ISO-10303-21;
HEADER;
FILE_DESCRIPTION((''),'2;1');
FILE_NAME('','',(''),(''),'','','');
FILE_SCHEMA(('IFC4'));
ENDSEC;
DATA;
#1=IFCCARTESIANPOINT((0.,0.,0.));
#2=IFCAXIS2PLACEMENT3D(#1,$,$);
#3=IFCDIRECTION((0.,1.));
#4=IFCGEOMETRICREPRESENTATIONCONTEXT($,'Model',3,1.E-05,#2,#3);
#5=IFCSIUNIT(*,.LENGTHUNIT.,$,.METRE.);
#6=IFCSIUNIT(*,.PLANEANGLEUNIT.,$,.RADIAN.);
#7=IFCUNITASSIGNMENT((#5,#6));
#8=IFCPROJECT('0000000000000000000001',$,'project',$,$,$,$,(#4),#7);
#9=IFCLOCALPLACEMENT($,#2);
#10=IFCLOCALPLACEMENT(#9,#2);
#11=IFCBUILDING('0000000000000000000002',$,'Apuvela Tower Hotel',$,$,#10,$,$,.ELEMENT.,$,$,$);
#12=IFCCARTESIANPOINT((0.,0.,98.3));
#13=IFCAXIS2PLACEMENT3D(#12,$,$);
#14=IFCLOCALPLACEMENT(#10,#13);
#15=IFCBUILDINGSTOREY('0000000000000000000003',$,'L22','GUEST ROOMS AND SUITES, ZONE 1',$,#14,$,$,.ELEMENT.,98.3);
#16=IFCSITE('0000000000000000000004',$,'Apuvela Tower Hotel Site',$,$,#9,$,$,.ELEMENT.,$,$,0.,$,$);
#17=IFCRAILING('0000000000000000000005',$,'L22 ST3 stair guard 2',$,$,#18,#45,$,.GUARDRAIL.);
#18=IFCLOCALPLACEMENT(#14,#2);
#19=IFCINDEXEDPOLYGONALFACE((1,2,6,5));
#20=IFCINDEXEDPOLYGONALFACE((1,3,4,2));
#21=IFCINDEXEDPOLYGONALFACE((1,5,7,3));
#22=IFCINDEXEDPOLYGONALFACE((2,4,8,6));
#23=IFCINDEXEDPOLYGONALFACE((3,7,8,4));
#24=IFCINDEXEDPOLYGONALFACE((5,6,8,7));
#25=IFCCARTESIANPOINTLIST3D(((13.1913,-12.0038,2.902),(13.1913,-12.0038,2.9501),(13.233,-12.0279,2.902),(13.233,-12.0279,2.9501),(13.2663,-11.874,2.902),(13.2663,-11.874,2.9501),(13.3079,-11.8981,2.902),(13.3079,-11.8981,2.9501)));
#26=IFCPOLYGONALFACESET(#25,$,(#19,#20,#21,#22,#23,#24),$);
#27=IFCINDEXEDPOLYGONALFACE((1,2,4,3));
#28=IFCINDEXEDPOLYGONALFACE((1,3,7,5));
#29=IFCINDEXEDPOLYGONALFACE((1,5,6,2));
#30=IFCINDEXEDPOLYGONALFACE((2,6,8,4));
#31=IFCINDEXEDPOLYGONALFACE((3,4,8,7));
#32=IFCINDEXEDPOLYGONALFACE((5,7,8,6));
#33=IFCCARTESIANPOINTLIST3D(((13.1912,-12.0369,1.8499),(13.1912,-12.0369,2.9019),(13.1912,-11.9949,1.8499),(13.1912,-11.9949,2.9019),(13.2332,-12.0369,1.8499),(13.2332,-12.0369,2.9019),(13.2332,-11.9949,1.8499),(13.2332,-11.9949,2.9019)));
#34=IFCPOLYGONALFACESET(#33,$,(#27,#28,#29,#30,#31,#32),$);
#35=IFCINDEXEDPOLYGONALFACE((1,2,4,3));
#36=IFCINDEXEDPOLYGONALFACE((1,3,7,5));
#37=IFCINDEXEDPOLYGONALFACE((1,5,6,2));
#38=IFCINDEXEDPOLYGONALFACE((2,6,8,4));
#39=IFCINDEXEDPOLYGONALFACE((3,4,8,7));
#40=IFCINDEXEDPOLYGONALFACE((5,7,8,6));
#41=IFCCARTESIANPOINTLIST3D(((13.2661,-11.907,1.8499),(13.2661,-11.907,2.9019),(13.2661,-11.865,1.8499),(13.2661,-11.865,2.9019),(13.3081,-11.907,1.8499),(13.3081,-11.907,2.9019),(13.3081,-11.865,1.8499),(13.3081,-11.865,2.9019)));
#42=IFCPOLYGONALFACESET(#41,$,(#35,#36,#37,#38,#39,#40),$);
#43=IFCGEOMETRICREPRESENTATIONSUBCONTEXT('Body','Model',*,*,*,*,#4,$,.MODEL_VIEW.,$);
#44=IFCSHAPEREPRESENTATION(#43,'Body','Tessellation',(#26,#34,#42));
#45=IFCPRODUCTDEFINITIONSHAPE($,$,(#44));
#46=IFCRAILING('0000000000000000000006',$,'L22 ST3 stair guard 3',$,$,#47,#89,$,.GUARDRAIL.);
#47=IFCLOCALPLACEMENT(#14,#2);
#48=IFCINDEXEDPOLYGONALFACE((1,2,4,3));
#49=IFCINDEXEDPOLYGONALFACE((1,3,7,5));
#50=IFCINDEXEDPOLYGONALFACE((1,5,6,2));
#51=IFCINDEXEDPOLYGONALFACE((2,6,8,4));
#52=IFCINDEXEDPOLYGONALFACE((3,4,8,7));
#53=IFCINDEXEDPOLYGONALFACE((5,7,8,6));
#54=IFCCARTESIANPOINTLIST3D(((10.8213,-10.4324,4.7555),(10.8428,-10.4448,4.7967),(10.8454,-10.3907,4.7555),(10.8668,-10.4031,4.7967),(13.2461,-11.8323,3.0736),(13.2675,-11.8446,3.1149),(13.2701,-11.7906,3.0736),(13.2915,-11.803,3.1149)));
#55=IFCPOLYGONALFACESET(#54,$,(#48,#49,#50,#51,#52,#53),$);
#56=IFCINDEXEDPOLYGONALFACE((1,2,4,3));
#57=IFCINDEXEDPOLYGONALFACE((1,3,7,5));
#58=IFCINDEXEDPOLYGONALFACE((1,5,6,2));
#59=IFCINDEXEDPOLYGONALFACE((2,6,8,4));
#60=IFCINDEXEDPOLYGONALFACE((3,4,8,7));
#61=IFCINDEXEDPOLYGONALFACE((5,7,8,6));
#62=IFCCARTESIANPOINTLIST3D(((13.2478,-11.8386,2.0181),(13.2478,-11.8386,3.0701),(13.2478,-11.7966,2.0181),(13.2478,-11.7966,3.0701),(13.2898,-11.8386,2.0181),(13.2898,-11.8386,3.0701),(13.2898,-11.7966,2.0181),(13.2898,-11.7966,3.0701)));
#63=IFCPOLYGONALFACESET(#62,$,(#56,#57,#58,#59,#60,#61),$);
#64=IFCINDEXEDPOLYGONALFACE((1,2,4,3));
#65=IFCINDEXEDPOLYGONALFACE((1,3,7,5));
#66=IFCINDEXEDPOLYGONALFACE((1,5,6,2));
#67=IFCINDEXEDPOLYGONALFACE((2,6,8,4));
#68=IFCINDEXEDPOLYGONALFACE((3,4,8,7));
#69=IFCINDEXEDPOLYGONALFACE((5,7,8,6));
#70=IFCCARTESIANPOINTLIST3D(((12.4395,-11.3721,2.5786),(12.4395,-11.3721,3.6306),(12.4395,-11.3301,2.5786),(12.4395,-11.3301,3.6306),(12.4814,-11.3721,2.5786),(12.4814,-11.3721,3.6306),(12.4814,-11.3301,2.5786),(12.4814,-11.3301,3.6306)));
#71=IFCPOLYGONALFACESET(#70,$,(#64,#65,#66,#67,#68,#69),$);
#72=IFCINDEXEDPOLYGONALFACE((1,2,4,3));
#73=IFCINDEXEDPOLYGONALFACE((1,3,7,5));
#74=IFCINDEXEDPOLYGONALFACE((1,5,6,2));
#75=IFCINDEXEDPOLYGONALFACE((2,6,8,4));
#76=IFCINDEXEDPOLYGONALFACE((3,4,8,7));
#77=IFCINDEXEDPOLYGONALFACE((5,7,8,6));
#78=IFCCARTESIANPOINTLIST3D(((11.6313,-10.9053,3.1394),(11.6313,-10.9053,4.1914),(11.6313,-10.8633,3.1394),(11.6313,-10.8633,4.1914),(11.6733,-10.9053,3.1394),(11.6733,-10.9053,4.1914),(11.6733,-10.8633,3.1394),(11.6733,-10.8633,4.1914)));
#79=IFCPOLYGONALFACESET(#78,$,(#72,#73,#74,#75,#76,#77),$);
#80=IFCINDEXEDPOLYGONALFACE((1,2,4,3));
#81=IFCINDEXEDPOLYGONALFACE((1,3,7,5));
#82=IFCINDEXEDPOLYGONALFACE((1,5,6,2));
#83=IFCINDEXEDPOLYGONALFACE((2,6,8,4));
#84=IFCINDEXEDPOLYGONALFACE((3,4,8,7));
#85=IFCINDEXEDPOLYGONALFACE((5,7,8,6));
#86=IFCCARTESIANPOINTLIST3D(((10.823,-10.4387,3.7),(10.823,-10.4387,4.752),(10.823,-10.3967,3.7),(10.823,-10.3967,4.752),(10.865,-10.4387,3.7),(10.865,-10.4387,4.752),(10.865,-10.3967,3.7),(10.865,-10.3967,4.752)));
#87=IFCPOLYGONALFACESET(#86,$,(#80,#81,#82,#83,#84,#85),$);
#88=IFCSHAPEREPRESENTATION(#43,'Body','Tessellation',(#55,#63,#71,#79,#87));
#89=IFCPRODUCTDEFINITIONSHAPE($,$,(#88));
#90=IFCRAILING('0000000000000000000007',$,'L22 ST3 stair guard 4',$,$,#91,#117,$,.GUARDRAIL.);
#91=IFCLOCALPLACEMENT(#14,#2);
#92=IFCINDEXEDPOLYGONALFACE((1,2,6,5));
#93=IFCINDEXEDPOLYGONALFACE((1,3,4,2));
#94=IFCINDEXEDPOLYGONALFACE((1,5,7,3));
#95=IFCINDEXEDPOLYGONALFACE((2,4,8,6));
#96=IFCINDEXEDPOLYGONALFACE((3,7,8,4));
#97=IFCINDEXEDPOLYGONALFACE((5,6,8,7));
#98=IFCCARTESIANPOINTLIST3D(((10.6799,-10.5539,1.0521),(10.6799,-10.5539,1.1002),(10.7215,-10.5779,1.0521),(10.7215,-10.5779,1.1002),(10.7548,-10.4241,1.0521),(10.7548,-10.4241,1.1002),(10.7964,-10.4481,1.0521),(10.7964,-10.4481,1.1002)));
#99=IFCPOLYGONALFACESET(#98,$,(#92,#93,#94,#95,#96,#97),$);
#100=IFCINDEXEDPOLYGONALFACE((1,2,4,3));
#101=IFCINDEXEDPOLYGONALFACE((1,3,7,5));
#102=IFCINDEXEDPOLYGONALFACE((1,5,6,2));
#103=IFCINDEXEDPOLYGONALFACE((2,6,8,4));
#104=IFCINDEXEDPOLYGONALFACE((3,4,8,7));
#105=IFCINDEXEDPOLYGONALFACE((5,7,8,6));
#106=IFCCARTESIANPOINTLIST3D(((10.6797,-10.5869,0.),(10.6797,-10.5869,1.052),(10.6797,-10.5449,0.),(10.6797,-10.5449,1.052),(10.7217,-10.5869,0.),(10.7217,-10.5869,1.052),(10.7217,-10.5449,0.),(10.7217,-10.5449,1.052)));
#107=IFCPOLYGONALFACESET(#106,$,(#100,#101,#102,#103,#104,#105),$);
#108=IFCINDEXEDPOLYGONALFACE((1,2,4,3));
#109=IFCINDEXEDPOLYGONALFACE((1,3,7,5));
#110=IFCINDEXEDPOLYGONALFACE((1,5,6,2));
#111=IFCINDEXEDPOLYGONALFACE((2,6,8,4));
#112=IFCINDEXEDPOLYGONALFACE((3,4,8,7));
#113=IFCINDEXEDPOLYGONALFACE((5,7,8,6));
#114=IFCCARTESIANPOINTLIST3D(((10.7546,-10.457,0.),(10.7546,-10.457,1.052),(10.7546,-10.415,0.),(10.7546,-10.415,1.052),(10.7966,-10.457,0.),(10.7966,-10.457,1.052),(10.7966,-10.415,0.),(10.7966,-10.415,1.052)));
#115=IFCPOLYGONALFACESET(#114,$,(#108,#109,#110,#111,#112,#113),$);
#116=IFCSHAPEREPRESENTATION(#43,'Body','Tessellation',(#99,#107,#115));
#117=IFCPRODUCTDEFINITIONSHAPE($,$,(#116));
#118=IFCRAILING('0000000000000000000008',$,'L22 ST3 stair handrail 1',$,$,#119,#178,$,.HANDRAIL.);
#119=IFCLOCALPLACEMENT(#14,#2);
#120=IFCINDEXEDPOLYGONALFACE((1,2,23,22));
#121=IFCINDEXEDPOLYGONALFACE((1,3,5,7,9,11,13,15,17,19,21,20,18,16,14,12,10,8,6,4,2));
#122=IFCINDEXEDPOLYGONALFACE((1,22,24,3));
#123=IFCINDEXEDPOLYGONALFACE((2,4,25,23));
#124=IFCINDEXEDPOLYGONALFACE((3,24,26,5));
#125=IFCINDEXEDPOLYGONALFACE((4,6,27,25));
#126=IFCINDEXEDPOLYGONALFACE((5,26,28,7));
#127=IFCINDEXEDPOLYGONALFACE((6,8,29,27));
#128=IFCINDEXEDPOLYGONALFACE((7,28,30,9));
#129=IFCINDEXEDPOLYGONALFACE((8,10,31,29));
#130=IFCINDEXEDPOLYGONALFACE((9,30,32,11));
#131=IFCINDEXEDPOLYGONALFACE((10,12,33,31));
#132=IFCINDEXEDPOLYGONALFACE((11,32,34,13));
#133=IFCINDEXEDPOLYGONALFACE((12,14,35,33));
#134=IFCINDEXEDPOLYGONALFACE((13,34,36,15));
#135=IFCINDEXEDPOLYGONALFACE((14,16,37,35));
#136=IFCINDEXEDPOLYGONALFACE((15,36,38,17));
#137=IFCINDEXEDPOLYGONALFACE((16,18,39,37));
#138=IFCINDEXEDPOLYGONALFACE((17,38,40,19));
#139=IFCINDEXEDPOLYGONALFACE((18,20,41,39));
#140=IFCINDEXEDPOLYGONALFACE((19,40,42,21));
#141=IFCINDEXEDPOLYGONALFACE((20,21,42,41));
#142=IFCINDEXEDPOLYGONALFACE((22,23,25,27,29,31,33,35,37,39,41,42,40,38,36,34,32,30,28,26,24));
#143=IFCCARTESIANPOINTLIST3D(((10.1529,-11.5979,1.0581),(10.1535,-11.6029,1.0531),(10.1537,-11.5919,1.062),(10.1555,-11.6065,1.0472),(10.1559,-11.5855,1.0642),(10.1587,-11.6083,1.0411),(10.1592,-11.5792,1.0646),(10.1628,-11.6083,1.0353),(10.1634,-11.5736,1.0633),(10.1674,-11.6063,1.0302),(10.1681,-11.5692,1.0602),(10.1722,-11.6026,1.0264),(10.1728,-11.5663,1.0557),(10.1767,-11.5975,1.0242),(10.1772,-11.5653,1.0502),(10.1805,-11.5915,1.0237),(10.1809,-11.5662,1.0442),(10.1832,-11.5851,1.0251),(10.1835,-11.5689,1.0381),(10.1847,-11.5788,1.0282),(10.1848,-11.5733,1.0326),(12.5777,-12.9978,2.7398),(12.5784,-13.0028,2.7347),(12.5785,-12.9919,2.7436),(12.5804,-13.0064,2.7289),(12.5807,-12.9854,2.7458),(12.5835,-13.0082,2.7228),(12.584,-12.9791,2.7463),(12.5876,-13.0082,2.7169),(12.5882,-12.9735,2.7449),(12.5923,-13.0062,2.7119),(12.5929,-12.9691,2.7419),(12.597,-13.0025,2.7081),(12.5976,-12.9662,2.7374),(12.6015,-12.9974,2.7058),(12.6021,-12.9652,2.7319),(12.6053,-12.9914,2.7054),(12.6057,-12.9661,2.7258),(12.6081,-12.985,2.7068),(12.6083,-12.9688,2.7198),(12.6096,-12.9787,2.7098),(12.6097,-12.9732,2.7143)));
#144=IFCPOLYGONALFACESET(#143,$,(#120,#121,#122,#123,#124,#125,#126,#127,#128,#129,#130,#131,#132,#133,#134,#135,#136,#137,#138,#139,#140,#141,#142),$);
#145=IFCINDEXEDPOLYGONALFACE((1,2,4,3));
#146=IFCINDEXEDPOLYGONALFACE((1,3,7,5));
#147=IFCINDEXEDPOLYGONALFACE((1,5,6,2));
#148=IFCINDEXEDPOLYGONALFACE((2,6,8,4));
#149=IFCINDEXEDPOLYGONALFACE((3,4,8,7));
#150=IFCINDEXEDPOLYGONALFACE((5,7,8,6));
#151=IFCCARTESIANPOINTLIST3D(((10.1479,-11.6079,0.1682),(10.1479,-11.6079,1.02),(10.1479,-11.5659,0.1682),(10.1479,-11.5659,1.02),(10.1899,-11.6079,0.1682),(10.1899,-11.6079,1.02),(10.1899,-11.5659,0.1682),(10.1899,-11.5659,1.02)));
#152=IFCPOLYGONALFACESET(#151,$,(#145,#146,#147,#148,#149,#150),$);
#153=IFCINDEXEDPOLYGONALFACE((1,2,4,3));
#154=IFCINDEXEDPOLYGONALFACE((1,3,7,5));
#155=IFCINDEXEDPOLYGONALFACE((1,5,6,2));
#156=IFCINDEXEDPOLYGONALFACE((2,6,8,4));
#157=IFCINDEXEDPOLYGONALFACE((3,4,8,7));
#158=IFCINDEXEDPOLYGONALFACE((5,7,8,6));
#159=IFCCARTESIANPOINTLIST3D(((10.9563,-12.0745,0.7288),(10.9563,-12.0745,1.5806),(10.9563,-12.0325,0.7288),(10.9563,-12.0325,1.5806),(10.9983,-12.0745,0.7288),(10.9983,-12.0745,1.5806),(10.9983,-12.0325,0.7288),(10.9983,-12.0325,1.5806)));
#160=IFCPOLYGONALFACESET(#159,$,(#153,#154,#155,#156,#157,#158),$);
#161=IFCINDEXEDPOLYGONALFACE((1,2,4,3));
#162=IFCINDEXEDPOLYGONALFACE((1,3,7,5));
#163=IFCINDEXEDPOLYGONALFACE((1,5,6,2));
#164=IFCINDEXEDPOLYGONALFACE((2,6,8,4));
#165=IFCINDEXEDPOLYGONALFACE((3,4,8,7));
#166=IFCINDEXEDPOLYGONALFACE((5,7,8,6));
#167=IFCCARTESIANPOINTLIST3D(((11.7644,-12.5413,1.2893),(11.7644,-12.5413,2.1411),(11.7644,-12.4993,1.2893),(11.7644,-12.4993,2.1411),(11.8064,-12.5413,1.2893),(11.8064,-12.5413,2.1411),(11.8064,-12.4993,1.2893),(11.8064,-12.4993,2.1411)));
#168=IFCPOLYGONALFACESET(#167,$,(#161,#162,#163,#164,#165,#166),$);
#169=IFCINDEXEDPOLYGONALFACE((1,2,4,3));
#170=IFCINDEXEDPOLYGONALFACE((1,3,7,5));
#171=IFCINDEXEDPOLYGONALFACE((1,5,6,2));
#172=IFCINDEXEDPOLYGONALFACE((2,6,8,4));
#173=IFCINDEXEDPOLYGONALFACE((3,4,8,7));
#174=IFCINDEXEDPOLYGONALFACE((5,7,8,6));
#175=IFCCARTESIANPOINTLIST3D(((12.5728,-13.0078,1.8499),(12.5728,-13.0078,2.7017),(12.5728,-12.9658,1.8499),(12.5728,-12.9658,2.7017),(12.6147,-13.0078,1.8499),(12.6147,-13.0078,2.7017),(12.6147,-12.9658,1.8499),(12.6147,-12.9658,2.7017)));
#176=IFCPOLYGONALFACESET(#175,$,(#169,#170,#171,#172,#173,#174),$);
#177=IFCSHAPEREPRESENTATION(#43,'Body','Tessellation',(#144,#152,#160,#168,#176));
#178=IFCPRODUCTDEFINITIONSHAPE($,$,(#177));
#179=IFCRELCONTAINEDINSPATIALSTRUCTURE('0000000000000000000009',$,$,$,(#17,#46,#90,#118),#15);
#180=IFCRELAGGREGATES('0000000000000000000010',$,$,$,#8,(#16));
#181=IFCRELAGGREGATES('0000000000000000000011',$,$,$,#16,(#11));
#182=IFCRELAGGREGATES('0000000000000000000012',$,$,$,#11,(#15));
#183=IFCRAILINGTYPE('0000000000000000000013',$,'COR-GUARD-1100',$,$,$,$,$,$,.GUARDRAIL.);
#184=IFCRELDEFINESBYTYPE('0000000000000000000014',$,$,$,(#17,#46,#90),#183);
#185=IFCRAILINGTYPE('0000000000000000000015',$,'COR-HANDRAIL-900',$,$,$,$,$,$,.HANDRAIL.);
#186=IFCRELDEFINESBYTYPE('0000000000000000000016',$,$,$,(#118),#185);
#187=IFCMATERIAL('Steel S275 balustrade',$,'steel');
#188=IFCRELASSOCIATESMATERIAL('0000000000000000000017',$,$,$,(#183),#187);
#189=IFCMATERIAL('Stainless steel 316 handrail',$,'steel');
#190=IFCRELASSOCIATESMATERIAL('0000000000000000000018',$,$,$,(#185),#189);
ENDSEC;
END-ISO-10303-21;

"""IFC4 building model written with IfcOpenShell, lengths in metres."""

from ifc_helpers import new_model, si_unit, direction, frame, origin, origin_2d, place, context, subcontext, project, spatial, rectangle, circle, extrude, material, type_object, element, save


model = new_model("IFC4")

# Units and contexts
model_context = context("Model", 3, precision=1e-05, world=origin(), true_north=direction((0.0, 1.0)))
body_context = subcontext(model_context, "Body", "Model", "MODEL_VIEW")
ifc_project = project(units=[si_unit("LENGTHUNIT", "METRE"), si_unit("PLANEANGLEUNIT", "RADIAN")], contexts=[model_context])

# Site, building, storey
site_placement = place(None, origin())
site = spatial("IfcSite", under=ifc_project, at=site_placement, Name="Apuvela Tower Hotel Site", CompositionType="ELEMENT", RefElevation=0.0)
building_placement = place(site_placement, origin())
building = spatial("IfcBuilding", under=site, at=building_placement, Name="Apuvela Tower Hotel", CompositionType="ELEMENT")
storey_placement = place(building_placement, frame((0.0, 0.0, 98.3)))
storey = spatial("IfcBuildingStorey", under=building, at=storey_placement, Name="L22", Description="GUEST ROOMS AND SUITES, ZONE 1", CompositionType="ELEMENT", Elevation=98.3)

# Railings
ifc_material_1 = material(Name="Steel S275 balustrade", Category="steel")
railing_type_1 = type_object("IfcRailingType", Name="COR-GUARD-1100", PredefinedType="GUARDRAIL", material=ifc_material_1)
railing_1_placement = place(storey_placement, frame((13.2122, -12.0159, 1.8499)))
element("IfcRailing", 1, at=railing_1_placement, inside=storey, type_object=railing_type_1, Name="L22 ST3 stair guard 2", PredefinedType="GUARDRAIL", context=body_context, shape_type="SweptSolid", body=[
    extrude(rectangle(XDim=0.0481, YDim=0.0481, at=origin_2d()), frame((0.0, 0.0, 1.0762), z_axis=(0.499816, 0.866131, 0.0), x_axis=(-0.866131, 0.499816, 0.0)), (0.0, 0.0, 1.0), 0.1499),
    extrude(rectangle(XDim=0.042, YDim=0.042, at=origin_2d()), origin(), (0.0, 0.0, 1.0), 1.052),
    extrude(rectangle(XDim=0.042, YDim=0.042, at=origin_2d()), frame((0.075, 0.1299, 0.0)), (0.0, 0.0, 1.0), 1.052),
])
railing_2_placement = place(storey_placement, frame((13.2688, -11.8176, 2.0181)))
element("IfcRailing", 2, at=railing_2_placement, inside=storey, type_object=railing_type_1, Name="L22 ST3 stair guard 3", PredefinedType="GUARDRAIL", context=body_context, shape_type="SweptSolid", body=[
    extrude(rectangle(XDim=0.0481, YDim=0.0481, at=origin_2d()), frame((0.0, 0.0, 1.0762), z_axis=(-0.74239, 0.428601, 0.514934), x_axis=(-0.499984, -0.866035, 0.0)), (0.0, 0.0, 1.0), 3.2661),
    extrude(rectangle(XDim=0.042, YDim=0.042, at=origin_2d()), origin(), (0.0, 0.0, 1.0), 1.052),
    extrude(rectangle(XDim=0.042, YDim=0.042, at=origin_2d()), frame((-0.8083, 0.4666, 0.5605)), (0.0, 0.0, 1.0), 1.052),
    extrude(rectangle(XDim=0.042, YDim=0.042, at=origin_2d()), frame((-1.6165, 0.9333, 1.1213)), (0.0, 0.0, 1.0), 1.052),
    extrude(rectangle(XDim=0.042, YDim=0.042, at=origin_2d()), frame((-2.4248, 1.3999, 1.6819)), (0.0, 0.0, 1.0), 1.052),
])
railing_3_placement = place(storey_placement, frame((10.7007, -10.5659, 0.0)))
element("IfcRailing", 3, at=railing_3_placement, inside=storey, type_object=railing_type_1, Name="L22 ST3 stair guard 4", PredefinedType="GUARDRAIL", context=body_context, shape_type="SweptSolid", body=[
    extrude(rectangle(XDim=0.0481, YDim=0.0481, at=origin_2d()), frame((0.0, 0.0, 1.0762), z_axis=(0.499816, 0.866131, 0.0), x_axis=(-0.866131, 0.499816, 0.0)), (0.0, 0.0, 1.0), 0.1499),
    extrude(rectangle(XDim=0.042, YDim=0.042, at=origin_2d()), origin(), (0.0, 0.0, 1.0), 1.052),
    extrude(rectangle(XDim=0.042, YDim=0.042, at=origin_2d()), frame((0.075, 0.1299, 0.0)), (0.0, 0.0, 1.0), 1.052),
])
ifc_material_2 = material(Name="Stainless steel 316 handrail", Category="steel")
railing_type_2 = type_object("IfcRailingType", Name="COR-HANDRAIL-900", PredefinedType="HANDRAIL", material=ifc_material_2)
railing_4_placement = place(storey_placement, frame((10.1689, -11.5869, 0.1682)))
element("IfcRailing", 4, at=railing_4_placement, inside=storey, type_object=railing_type_2, Name="L22 ST3 stair handrail 1", PredefinedType="HANDRAIL", context=body_context, shape_type="SweptSolid", body=[
    extrude(circle(Radius=0.0239, at=origin_2d()), frame((0.0, 0.0, 0.876), z_axis=(0.742419, -0.428618, 0.514879), x_axis=(0.499984, 0.866035, 0.0)), (0.0, 0.0, 1.0), 3.2661),
    extrude(rectangle(XDim=0.042, YDim=0.042, at=origin_2d()), origin(), (0.0, 0.0, 1.0), 0.8518),
    extrude(rectangle(XDim=0.042, YDim=0.042, at=origin_2d()), frame((0.8083, -0.4666, 0.5605)), (0.0, 0.0, 1.0), 0.8518),
    extrude(rectangle(XDim=0.042, YDim=0.042, at=origin_2d()), frame((1.6165, -0.9333, 1.1211)), (0.0, 0.0, 1.0), 0.8518),
    extrude(rectangle(XDim=0.042, YDim=0.042, at=origin_2d()), frame((2.4248, -1.3999, 1.6816)), (0.0, 0.0, 1.0), 0.8518),
])

save(model, "model.ifc")
